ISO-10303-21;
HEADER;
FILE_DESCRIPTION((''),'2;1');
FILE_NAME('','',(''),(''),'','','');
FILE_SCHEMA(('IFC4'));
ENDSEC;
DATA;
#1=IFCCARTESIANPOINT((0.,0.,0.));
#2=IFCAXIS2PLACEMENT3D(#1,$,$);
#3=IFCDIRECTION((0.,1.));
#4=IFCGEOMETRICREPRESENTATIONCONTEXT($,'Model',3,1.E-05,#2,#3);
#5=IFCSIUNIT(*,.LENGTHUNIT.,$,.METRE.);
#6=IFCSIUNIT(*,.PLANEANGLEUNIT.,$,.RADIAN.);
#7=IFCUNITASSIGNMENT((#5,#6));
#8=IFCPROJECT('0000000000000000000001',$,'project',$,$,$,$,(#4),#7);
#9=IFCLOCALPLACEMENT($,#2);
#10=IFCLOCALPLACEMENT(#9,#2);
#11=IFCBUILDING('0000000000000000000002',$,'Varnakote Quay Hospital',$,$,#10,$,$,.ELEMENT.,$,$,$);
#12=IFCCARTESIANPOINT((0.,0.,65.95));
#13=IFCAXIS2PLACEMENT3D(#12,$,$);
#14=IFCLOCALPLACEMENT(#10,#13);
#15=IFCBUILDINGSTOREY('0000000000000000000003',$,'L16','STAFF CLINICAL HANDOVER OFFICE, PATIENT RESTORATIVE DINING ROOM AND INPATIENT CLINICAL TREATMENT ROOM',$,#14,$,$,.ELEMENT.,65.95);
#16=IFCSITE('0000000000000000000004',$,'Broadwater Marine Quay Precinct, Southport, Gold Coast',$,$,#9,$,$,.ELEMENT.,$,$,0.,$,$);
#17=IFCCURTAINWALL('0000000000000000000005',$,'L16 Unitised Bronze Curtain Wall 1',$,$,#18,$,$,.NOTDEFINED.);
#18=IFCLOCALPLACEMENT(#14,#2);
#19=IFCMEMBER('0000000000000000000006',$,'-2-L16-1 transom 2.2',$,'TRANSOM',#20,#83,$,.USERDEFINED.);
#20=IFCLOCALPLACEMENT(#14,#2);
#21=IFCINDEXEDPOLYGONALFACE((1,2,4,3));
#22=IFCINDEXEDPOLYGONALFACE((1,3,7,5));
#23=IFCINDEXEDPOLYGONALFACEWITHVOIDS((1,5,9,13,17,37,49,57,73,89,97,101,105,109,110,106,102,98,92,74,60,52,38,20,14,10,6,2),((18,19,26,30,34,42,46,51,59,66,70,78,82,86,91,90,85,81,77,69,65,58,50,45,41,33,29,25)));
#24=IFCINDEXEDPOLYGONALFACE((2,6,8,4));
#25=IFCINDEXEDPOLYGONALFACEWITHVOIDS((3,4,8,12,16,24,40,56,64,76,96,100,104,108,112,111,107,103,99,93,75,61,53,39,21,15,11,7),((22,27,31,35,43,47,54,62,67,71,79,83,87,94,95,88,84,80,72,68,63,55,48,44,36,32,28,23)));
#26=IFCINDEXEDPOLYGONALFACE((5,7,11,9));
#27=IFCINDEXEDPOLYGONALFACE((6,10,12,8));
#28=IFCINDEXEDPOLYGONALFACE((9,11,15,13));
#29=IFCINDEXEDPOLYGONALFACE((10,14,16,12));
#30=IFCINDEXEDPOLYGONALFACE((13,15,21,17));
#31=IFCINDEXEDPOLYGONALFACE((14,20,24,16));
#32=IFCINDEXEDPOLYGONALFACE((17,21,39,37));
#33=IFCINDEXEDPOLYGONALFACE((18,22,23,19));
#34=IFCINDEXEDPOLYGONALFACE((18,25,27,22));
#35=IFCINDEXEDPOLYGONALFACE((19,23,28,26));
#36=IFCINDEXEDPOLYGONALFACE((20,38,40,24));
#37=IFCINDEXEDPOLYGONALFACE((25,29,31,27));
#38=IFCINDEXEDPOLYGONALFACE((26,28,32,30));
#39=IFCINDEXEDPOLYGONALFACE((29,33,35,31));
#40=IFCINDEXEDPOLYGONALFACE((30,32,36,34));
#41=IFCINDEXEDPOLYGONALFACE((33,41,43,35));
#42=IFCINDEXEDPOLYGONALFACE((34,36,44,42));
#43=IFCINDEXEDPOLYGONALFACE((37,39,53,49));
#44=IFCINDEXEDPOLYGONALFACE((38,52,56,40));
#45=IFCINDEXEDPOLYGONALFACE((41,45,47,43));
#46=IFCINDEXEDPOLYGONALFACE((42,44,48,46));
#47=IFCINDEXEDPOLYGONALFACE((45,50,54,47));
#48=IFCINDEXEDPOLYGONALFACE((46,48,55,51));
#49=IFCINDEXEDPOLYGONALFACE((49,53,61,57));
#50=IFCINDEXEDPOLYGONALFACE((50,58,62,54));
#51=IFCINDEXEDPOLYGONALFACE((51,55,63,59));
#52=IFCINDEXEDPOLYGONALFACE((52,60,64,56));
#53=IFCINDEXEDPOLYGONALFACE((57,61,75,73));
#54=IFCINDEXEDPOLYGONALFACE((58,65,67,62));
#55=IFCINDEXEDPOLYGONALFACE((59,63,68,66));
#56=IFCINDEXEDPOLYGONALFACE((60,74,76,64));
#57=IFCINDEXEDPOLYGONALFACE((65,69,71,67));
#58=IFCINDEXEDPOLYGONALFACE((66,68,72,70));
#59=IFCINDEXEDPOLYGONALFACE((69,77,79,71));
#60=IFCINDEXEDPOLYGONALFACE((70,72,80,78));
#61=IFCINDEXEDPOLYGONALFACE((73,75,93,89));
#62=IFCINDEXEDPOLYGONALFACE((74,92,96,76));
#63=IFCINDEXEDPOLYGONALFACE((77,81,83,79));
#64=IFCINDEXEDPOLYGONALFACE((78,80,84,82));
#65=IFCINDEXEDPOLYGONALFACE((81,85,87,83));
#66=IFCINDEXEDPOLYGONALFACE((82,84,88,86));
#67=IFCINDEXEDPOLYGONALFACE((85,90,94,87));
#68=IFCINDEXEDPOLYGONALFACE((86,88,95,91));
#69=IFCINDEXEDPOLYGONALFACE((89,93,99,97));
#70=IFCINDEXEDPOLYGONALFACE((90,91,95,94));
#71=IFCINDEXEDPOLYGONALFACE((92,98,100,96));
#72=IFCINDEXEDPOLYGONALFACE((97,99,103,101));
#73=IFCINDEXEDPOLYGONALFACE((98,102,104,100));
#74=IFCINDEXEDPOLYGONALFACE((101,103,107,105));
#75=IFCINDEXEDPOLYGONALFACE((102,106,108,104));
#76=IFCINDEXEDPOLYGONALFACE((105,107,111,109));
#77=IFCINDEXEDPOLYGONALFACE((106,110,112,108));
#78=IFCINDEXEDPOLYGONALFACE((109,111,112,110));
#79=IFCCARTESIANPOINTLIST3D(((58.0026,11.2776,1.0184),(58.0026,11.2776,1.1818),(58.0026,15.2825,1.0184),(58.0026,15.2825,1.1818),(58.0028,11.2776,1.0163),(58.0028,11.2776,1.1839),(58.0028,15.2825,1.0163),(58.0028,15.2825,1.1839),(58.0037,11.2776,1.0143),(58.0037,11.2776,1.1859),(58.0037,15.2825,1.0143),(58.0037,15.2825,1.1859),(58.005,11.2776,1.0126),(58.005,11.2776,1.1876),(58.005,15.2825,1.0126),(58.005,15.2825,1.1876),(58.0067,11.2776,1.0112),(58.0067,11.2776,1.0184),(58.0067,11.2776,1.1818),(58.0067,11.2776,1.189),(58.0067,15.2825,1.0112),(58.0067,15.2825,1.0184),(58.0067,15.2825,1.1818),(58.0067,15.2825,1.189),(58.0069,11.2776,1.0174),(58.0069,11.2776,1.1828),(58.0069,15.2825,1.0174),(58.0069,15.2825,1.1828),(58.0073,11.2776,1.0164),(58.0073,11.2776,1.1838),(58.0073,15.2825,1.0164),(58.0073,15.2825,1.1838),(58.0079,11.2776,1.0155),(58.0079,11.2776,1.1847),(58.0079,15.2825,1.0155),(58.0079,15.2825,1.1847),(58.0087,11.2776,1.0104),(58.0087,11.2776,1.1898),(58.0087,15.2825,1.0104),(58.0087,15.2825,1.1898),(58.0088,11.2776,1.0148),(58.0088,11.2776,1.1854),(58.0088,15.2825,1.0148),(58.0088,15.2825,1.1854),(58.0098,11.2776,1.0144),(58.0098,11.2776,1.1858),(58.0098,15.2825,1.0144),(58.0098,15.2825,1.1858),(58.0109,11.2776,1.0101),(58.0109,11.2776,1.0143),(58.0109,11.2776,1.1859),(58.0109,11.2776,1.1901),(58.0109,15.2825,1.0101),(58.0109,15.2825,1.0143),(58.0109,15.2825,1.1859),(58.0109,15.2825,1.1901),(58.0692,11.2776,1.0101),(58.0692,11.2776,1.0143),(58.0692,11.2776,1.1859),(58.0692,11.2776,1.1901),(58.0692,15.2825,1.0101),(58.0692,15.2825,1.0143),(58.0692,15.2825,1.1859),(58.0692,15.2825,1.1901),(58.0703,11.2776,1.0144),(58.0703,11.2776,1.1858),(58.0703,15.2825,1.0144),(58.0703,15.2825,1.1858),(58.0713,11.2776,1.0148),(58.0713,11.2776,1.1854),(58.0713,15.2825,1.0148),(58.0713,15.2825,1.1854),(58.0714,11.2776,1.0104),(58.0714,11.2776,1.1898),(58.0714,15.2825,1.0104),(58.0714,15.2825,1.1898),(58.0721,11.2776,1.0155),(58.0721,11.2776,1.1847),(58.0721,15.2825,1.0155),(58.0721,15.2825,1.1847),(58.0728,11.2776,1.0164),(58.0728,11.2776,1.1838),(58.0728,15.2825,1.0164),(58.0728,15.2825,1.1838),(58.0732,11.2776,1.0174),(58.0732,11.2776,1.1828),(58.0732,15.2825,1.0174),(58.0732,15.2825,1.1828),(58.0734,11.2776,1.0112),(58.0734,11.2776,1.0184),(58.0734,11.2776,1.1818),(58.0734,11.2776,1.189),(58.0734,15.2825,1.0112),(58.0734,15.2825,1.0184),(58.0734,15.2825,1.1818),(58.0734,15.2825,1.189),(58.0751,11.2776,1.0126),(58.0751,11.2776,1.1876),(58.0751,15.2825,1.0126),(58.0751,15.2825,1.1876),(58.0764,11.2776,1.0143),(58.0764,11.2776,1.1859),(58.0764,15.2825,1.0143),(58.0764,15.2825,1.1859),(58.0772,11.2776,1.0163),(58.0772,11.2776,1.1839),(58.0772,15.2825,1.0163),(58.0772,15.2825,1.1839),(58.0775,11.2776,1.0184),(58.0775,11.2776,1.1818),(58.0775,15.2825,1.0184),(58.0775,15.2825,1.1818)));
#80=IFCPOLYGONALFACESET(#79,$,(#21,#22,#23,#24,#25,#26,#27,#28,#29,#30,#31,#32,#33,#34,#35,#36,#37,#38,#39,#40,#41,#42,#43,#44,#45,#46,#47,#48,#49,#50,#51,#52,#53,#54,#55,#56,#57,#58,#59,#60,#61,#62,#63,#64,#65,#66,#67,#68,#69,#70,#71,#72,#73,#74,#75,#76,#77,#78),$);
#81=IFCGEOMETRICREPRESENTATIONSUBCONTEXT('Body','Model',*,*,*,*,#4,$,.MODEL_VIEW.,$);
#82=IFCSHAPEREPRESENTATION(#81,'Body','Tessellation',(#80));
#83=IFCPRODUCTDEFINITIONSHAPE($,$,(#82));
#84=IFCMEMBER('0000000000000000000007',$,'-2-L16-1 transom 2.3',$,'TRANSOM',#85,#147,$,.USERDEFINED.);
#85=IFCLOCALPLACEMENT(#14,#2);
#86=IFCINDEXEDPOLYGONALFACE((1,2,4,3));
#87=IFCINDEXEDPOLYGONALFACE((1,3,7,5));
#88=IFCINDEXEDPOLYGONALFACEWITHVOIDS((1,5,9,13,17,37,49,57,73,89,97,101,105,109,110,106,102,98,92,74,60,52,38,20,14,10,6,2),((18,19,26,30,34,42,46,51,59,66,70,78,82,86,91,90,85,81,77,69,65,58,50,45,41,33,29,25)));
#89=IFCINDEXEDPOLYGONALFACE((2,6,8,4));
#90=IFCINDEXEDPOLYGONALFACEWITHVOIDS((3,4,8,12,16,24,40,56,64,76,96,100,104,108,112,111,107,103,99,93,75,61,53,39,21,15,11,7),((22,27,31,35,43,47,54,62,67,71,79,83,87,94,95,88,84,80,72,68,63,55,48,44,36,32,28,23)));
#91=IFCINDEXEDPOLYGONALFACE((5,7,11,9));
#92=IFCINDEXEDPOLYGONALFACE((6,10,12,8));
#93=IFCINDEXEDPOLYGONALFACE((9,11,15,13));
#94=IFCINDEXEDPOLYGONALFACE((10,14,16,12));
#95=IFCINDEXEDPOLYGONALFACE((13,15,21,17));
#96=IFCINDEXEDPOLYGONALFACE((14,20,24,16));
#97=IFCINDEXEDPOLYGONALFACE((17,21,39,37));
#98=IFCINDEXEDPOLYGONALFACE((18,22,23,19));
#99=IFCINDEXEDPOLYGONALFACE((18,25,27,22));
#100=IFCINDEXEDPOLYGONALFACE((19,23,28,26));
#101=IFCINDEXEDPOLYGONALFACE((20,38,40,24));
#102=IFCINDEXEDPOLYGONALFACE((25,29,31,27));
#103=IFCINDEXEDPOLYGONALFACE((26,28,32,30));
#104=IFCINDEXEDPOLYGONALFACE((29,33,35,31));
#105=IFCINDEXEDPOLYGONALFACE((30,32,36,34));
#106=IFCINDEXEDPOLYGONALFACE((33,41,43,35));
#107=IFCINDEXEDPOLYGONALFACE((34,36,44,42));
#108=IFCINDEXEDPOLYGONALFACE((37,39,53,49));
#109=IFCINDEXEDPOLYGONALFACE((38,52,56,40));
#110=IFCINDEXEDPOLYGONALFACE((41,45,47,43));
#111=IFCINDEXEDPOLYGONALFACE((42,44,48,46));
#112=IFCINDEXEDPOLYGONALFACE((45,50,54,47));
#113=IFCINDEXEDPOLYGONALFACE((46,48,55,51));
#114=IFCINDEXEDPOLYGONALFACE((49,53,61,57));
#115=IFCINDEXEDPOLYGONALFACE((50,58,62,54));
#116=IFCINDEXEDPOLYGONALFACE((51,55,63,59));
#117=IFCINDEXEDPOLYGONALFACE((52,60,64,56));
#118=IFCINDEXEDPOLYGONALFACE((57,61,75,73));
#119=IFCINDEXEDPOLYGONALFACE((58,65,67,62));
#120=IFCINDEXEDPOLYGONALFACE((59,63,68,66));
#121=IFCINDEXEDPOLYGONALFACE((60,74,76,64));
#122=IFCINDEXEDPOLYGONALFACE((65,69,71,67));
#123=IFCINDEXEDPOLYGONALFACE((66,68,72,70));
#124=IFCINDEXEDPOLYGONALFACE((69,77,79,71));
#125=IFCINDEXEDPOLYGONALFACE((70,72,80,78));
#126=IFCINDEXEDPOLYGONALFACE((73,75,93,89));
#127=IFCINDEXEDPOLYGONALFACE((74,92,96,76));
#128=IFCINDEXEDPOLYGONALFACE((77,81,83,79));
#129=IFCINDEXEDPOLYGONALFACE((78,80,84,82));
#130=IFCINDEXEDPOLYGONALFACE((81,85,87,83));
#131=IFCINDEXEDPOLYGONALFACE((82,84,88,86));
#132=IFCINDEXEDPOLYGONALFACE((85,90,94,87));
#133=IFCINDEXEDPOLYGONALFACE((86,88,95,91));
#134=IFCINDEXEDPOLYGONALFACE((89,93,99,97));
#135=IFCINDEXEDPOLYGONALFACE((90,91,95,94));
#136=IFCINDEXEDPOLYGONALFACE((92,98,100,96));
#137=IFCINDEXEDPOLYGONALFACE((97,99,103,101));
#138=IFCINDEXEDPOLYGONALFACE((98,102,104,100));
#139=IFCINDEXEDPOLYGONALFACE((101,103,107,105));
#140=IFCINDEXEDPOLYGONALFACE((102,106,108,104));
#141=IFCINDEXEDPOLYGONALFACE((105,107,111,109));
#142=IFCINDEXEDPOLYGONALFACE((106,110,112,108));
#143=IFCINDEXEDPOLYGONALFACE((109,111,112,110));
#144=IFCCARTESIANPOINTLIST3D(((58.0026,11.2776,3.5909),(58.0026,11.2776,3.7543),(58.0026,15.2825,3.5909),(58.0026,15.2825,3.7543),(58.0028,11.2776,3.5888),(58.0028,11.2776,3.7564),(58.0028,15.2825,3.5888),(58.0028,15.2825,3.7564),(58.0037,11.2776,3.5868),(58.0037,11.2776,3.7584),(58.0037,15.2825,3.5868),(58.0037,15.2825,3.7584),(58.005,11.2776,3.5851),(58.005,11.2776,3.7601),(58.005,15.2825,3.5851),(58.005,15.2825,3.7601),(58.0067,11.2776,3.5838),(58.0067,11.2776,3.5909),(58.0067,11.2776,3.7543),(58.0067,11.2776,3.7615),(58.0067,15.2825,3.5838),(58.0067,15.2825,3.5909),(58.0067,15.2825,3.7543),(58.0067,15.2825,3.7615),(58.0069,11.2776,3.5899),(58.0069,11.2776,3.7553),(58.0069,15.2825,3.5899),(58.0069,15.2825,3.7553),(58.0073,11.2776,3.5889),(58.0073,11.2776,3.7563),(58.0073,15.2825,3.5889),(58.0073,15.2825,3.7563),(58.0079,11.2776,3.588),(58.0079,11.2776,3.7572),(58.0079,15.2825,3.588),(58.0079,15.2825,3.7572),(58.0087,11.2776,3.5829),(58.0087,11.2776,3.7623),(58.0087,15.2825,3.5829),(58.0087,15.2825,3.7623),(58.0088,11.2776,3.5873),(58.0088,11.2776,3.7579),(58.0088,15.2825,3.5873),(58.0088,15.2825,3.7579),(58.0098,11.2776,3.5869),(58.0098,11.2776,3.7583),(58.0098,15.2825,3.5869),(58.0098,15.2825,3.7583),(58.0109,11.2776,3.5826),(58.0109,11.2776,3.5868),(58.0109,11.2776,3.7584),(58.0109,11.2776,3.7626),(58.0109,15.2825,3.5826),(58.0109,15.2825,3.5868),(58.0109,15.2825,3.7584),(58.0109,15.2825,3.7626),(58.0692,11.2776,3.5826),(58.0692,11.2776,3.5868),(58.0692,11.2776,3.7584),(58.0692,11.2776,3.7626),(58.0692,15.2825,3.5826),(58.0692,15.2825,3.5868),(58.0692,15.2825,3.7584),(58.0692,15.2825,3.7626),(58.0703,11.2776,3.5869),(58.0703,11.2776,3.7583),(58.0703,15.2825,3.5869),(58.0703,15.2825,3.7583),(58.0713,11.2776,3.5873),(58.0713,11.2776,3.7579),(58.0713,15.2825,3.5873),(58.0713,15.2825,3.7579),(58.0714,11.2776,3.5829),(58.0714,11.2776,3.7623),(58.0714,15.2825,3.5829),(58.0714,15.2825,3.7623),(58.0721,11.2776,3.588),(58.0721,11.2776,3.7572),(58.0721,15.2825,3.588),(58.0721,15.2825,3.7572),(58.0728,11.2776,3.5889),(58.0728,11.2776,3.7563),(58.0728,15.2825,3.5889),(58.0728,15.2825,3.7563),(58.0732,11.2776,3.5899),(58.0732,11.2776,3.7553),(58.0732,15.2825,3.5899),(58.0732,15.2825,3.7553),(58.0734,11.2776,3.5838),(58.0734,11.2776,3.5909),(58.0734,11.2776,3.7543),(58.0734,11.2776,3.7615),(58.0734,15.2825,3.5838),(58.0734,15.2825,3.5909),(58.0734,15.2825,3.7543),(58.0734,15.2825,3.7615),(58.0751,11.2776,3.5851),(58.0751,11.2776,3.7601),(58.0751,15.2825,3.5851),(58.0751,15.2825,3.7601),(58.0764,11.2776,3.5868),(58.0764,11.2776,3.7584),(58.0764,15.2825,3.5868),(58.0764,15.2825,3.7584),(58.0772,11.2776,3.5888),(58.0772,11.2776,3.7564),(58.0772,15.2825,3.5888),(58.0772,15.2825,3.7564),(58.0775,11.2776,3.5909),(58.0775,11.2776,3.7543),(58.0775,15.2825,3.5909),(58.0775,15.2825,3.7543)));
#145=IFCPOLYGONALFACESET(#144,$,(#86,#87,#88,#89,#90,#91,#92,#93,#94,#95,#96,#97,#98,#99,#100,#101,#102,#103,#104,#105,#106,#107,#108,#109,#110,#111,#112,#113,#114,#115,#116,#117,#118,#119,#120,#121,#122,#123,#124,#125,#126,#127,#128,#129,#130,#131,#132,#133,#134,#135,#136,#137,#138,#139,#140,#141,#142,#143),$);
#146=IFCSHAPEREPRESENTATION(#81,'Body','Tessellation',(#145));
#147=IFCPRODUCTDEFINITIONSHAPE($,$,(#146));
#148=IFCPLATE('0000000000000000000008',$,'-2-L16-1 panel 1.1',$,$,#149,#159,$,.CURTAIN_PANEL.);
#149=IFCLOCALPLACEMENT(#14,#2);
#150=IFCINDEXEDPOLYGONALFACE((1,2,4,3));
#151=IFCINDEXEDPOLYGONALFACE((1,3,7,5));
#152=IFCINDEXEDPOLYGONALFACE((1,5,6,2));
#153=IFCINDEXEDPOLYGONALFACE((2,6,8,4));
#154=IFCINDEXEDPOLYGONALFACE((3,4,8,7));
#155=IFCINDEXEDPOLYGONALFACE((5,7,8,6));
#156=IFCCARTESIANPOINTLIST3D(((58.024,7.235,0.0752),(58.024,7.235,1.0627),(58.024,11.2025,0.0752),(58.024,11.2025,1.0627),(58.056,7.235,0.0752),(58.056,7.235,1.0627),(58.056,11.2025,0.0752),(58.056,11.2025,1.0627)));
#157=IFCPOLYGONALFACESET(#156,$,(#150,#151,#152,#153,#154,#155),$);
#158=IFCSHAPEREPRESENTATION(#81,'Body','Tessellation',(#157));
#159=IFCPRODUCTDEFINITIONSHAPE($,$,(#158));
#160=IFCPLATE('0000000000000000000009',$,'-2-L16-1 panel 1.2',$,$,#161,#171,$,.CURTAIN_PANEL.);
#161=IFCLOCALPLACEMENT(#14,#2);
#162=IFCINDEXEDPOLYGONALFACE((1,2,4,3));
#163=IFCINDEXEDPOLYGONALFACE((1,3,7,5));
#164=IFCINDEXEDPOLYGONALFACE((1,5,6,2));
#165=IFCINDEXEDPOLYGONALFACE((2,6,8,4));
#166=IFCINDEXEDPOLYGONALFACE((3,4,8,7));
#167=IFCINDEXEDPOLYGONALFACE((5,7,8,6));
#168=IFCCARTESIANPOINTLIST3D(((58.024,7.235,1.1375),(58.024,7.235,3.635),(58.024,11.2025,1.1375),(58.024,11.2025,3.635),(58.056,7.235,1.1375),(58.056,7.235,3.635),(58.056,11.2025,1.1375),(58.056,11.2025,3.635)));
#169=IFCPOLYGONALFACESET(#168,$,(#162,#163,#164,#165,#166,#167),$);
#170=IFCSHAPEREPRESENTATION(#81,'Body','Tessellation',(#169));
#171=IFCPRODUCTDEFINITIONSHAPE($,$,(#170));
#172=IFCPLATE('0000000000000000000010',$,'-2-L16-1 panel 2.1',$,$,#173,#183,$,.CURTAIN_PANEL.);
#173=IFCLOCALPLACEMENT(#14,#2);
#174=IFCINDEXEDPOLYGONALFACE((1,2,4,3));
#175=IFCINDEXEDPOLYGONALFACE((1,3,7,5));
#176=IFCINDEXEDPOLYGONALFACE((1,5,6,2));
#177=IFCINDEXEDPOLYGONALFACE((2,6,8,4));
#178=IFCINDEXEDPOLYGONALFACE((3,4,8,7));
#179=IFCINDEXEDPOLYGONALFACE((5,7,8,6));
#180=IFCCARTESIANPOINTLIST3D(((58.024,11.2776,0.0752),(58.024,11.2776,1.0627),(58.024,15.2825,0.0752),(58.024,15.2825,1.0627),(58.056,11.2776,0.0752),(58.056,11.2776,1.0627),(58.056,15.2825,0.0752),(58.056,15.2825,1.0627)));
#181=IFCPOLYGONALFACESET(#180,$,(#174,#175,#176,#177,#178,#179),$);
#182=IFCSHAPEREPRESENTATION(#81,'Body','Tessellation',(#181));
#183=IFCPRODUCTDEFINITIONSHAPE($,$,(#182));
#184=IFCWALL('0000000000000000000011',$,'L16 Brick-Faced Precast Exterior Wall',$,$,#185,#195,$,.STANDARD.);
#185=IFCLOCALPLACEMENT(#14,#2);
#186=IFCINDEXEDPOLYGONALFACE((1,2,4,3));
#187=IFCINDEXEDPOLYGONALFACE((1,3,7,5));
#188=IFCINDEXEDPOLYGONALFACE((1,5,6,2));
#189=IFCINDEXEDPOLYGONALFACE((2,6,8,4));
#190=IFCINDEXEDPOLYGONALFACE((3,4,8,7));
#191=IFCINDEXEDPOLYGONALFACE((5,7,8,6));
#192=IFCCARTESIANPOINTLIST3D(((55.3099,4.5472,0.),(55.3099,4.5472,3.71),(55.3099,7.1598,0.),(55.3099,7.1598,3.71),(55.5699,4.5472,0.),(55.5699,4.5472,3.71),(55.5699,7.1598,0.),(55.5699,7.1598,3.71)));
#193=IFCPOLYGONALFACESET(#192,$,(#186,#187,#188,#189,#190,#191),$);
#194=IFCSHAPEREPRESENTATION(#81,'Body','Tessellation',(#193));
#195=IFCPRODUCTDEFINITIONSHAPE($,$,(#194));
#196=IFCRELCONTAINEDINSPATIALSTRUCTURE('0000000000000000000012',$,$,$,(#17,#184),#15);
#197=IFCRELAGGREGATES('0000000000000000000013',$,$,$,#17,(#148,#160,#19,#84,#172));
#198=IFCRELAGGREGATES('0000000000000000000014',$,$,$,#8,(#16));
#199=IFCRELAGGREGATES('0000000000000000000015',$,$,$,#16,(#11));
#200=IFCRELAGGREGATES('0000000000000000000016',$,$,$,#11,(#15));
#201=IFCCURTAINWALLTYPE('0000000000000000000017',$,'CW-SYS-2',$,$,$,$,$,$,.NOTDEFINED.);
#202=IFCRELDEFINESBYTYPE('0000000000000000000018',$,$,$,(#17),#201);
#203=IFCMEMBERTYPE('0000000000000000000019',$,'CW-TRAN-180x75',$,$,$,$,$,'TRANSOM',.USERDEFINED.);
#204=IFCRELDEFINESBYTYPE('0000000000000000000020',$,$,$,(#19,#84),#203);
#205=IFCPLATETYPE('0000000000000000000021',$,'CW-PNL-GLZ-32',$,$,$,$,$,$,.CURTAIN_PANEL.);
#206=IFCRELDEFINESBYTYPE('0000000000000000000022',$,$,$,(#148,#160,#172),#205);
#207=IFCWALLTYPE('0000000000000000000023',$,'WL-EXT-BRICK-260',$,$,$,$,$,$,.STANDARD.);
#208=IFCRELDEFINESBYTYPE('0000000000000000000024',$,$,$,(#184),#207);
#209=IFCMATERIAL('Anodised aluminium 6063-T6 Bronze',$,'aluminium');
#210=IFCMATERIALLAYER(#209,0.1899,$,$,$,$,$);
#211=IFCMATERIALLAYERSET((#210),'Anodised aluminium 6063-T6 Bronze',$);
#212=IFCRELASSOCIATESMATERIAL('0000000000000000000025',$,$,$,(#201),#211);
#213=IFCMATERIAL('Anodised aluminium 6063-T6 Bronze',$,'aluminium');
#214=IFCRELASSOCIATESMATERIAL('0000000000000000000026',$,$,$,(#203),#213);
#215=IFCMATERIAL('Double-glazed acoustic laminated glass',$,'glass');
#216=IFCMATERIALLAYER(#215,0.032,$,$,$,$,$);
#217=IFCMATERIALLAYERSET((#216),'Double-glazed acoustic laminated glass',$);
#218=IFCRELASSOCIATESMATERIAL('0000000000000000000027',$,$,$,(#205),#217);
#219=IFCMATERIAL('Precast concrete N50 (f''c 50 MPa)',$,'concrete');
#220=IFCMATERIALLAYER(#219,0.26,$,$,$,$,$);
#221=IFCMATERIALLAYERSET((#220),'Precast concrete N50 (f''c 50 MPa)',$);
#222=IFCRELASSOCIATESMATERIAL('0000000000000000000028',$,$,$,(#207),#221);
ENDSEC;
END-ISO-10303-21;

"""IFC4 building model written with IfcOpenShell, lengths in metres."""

from ifc_helpers import new_model, si_unit, direction, frame, frame_2d, origin, origin_2d, place, context, subcontext, project, spatial, rectangle, hollow_rectangle, extrude, material, layer, layer_set, material_profile, profile_set, type_object, element, aggregate, save


model = new_model("IFC4")

# Units and contexts
model_context = context("Model", 3, precision=1e-05, world=origin(), true_north=direction((0.0, 1.0)))
body_context = subcontext(model_context, "Body", "Model", "MODEL_VIEW")
ifc_project = project(units=[si_unit("LENGTHUNIT", "METRE"), si_unit("PLANEANGLEUNIT", "RADIAN")], contexts=[model_context])

# Site, building, storey
site_placement = place(None, origin())
site = spatial("IfcSite", under=ifc_project, at=site_placement, Name="Broadwater Marine Quay Precinct, Southport, Gold Coast", CompositionType="ELEMENT", RefElevation=0.0)
building_placement = place(site_placement, origin())
building = spatial("IfcBuilding", under=site, at=building_placement, Name="Varnakote Quay Hospital", CompositionType="ELEMENT")
storey_placement = place(building_placement, frame((0.0, 0.0, 65.95)))
storey = spatial("IfcBuildingStorey", under=building, at=storey_placement, Name="L16", Description="STAFF CLINICAL HANDOVER OFFICE, PATIENT RESTORATIVE DINING ROOM AND INPATIENT CLINICAL TREATMENT ROOM", CompositionType="ELEMENT", Elevation=65.95)

# Curtain wall, members, plates
ifc_material_1 = material(Name="Anodised aluminium 6063-T6 Bronze", Category="aluminium")
ifc_layer_1 = layer(ifc_material_1, 0.1899)
ifc_layer_set_1 = layer_set([ifc_layer_1], Name="Anodised aluminium 6063-T6 Bronze")
curtain_wall_type = type_object("IfcCurtainWallType", Name="CW-SYS-2", PredefinedType="NOTDEFINED", material=ifc_layer_set_1)
curtain_wall_placement = place(storey_placement, origin())
curtain_wall = element("IfcCurtainWall", 1, at=curtain_wall_placement, inside=storey, type_object=curtain_wall_type, Name="L16 Unitised Bronze Curtain Wall 1", PredefinedType="NOTDEFINED")
ifc_material_2 = material(Name="Anodised aluminium 6063-T6 Bronze", Category="aluminium")
ifc_material_profile_1 = material_profile(ifc_material_2, hollow_rectangle(XDim=0.075, YDim=0.1799, WallThickness=0.0042, InnerFilletRadius=0.0042, OuterFilletRadius=0.0083, at=origin_2d()), Name="CW-TRAN-180x75")
ifc_profile_set_1 = profile_set([ifc_material_profile_1], Name="Anodised aluminium 6063-T6 Bronze")
member_type_1 = type_object("IfcMemberType", Name="CW-TRAN-180x75", ElementType="TRANSOM", PredefinedType="USERDEFINED", material=ifc_profile_set_1)
member_1_placement = place(storey_placement, frame((58.04, 11.2776, 1.1001), z_axis=(0.0, 1.0, 0.0), x_axis=(-1.0, 0.0, 0.0)))
member_1 = element("IfcMember", 2, at=member_1_placement, type_object=member_type_1, Name="-2-L16-1 transom 2.2", ObjectType="TRANSOM", PredefinedType="USERDEFINED", context=body_context, shape_type="SweptSolid", body=[
    extrude(hollow_rectangle(XDim=0.075, YDim=0.1799, WallThickness=0.0042, InnerFilletRadius=0.0042, OuterFilletRadius=0.0083, at=origin_2d()), origin(), (0.0, 0.0, 1.0), 4.0049),
])
member_2_placement = place(storey_placement, frame((58.04, 11.2776, 3.6726), z_axis=(0.0, 1.0, 0.0), x_axis=(-1.0, 0.0, 0.0)))
member_2 = element("IfcMember", 3, at=member_2_placement, type_object=member_type_1, Name="-2-L16-1 transom 2.3", ObjectType="TRANSOM", PredefinedType="USERDEFINED", context=body_context, shape_type="SweptSolid", body=[
    extrude(hollow_rectangle(XDim=0.075, YDim=0.1799, WallThickness=0.0042, InnerFilletRadius=0.0042, OuterFilletRadius=0.0083, at=origin_2d()), origin(), (0.0, 0.0, 1.0), 4.0049),
])
ifc_material_3 = material(Name="Double-glazed acoustic laminated glass", Category="glass")
ifc_layer_2 = layer(ifc_material_3, 0.032)
ifc_layer_set_2 = layer_set([ifc_layer_2], Name="Double-glazed acoustic laminated glass")
plate_type = type_object("IfcPlateType", Name="CW-PNL-GLZ-32", PredefinedType="CURTAIN_PANEL", material=ifc_layer_set_2)
plate_1_placement = place(storey_placement, frame((58.04, 9.2188, 0.0752), z_axis=(0.0, 0.0, 1.0), x_axis=(0.0, 1.0, 0.0)))
plate_1 = element("IfcPlate", 4, at=plate_1_placement, type_object=plate_type, Name="-2-L16-1 panel 1.1", PredefinedType="CURTAIN_PANEL", context=body_context, shape_type="SweptSolid", body=[
    extrude(rectangle(XDim=3.9675, YDim=0.032, at=origin_2d()), origin(), (0.0, 0.0, 1.0), 0.9875),
])
plate_2_placement = place(storey_placement, frame((58.04, 9.2188, 1.1375), z_axis=(0.0, 0.0, 1.0), x_axis=(0.0, 1.0, 0.0)))
plate_2 = element("IfcPlate", 5, at=plate_2_placement, type_object=plate_type, Name="-2-L16-1 panel 1.2", PredefinedType="CURTAIN_PANEL", context=body_context, shape_type="SweptSolid", body=[
    extrude(rectangle(XDim=3.9675, YDim=0.032, at=origin_2d()), origin(), (0.0, 0.0, 1.0), 2.4976),
])
plate_3_placement = place(storey_placement, frame((58.04, 13.28, 0.0752), z_axis=(0.0, 0.0, 1.0), x_axis=(0.0, 1.0, 0.0)))
plate_3 = element("IfcPlate", 6, at=plate_3_placement, type_object=plate_type, Name="-2-L16-1 panel 2.1", PredefinedType="CURTAIN_PANEL", context=body_context, shape_type="SweptSolid", body=[
    extrude(rectangle(XDim=4.0049, YDim=0.032, at=origin_2d()), origin(), (0.0, 0.0, 1.0), 0.9875),
])
aggregate(curtain_wall, [plate_1, plate_2, member_1, member_2, plate_3])

# Wall
ifc_material_4 = material(Name="Precast concrete N50 (f'c 50 MPa)", Category="concrete")
ifc_layer_3 = layer(ifc_material_4, 0.26)
ifc_layer_set_3 = layer_set([ifc_layer_3], Name="Precast concrete N50 (f'c 50 MPa)")
wall_type_1 = type_object("IfcWallType", Name="WL-EXT-BRICK-260", PredefinedType="STANDARD", material=ifc_layer_set_3)
wall_1_placement = place(storey_placement, frame((55.4399, 4.5474, 0.0), z_axis=(0.0, 0.0, 1.0), x_axis=(0.0, 1.0, 0.0)))
element("IfcWall", 7, at=wall_1_placement, inside=storey, type_object=wall_type_1, Name="L16 Brick-Faced Precast Exterior Wall", PredefinedType="STANDARD", context=body_context, shape_type="SweptSolid", body=[
    extrude(rectangle(XDim=2.6125, YDim=0.26, at=frame_2d((1.3062, 0.0))), origin(), (0.0, 0.0, 1.0), 3.71),
])

save(model, "model.ifc")
